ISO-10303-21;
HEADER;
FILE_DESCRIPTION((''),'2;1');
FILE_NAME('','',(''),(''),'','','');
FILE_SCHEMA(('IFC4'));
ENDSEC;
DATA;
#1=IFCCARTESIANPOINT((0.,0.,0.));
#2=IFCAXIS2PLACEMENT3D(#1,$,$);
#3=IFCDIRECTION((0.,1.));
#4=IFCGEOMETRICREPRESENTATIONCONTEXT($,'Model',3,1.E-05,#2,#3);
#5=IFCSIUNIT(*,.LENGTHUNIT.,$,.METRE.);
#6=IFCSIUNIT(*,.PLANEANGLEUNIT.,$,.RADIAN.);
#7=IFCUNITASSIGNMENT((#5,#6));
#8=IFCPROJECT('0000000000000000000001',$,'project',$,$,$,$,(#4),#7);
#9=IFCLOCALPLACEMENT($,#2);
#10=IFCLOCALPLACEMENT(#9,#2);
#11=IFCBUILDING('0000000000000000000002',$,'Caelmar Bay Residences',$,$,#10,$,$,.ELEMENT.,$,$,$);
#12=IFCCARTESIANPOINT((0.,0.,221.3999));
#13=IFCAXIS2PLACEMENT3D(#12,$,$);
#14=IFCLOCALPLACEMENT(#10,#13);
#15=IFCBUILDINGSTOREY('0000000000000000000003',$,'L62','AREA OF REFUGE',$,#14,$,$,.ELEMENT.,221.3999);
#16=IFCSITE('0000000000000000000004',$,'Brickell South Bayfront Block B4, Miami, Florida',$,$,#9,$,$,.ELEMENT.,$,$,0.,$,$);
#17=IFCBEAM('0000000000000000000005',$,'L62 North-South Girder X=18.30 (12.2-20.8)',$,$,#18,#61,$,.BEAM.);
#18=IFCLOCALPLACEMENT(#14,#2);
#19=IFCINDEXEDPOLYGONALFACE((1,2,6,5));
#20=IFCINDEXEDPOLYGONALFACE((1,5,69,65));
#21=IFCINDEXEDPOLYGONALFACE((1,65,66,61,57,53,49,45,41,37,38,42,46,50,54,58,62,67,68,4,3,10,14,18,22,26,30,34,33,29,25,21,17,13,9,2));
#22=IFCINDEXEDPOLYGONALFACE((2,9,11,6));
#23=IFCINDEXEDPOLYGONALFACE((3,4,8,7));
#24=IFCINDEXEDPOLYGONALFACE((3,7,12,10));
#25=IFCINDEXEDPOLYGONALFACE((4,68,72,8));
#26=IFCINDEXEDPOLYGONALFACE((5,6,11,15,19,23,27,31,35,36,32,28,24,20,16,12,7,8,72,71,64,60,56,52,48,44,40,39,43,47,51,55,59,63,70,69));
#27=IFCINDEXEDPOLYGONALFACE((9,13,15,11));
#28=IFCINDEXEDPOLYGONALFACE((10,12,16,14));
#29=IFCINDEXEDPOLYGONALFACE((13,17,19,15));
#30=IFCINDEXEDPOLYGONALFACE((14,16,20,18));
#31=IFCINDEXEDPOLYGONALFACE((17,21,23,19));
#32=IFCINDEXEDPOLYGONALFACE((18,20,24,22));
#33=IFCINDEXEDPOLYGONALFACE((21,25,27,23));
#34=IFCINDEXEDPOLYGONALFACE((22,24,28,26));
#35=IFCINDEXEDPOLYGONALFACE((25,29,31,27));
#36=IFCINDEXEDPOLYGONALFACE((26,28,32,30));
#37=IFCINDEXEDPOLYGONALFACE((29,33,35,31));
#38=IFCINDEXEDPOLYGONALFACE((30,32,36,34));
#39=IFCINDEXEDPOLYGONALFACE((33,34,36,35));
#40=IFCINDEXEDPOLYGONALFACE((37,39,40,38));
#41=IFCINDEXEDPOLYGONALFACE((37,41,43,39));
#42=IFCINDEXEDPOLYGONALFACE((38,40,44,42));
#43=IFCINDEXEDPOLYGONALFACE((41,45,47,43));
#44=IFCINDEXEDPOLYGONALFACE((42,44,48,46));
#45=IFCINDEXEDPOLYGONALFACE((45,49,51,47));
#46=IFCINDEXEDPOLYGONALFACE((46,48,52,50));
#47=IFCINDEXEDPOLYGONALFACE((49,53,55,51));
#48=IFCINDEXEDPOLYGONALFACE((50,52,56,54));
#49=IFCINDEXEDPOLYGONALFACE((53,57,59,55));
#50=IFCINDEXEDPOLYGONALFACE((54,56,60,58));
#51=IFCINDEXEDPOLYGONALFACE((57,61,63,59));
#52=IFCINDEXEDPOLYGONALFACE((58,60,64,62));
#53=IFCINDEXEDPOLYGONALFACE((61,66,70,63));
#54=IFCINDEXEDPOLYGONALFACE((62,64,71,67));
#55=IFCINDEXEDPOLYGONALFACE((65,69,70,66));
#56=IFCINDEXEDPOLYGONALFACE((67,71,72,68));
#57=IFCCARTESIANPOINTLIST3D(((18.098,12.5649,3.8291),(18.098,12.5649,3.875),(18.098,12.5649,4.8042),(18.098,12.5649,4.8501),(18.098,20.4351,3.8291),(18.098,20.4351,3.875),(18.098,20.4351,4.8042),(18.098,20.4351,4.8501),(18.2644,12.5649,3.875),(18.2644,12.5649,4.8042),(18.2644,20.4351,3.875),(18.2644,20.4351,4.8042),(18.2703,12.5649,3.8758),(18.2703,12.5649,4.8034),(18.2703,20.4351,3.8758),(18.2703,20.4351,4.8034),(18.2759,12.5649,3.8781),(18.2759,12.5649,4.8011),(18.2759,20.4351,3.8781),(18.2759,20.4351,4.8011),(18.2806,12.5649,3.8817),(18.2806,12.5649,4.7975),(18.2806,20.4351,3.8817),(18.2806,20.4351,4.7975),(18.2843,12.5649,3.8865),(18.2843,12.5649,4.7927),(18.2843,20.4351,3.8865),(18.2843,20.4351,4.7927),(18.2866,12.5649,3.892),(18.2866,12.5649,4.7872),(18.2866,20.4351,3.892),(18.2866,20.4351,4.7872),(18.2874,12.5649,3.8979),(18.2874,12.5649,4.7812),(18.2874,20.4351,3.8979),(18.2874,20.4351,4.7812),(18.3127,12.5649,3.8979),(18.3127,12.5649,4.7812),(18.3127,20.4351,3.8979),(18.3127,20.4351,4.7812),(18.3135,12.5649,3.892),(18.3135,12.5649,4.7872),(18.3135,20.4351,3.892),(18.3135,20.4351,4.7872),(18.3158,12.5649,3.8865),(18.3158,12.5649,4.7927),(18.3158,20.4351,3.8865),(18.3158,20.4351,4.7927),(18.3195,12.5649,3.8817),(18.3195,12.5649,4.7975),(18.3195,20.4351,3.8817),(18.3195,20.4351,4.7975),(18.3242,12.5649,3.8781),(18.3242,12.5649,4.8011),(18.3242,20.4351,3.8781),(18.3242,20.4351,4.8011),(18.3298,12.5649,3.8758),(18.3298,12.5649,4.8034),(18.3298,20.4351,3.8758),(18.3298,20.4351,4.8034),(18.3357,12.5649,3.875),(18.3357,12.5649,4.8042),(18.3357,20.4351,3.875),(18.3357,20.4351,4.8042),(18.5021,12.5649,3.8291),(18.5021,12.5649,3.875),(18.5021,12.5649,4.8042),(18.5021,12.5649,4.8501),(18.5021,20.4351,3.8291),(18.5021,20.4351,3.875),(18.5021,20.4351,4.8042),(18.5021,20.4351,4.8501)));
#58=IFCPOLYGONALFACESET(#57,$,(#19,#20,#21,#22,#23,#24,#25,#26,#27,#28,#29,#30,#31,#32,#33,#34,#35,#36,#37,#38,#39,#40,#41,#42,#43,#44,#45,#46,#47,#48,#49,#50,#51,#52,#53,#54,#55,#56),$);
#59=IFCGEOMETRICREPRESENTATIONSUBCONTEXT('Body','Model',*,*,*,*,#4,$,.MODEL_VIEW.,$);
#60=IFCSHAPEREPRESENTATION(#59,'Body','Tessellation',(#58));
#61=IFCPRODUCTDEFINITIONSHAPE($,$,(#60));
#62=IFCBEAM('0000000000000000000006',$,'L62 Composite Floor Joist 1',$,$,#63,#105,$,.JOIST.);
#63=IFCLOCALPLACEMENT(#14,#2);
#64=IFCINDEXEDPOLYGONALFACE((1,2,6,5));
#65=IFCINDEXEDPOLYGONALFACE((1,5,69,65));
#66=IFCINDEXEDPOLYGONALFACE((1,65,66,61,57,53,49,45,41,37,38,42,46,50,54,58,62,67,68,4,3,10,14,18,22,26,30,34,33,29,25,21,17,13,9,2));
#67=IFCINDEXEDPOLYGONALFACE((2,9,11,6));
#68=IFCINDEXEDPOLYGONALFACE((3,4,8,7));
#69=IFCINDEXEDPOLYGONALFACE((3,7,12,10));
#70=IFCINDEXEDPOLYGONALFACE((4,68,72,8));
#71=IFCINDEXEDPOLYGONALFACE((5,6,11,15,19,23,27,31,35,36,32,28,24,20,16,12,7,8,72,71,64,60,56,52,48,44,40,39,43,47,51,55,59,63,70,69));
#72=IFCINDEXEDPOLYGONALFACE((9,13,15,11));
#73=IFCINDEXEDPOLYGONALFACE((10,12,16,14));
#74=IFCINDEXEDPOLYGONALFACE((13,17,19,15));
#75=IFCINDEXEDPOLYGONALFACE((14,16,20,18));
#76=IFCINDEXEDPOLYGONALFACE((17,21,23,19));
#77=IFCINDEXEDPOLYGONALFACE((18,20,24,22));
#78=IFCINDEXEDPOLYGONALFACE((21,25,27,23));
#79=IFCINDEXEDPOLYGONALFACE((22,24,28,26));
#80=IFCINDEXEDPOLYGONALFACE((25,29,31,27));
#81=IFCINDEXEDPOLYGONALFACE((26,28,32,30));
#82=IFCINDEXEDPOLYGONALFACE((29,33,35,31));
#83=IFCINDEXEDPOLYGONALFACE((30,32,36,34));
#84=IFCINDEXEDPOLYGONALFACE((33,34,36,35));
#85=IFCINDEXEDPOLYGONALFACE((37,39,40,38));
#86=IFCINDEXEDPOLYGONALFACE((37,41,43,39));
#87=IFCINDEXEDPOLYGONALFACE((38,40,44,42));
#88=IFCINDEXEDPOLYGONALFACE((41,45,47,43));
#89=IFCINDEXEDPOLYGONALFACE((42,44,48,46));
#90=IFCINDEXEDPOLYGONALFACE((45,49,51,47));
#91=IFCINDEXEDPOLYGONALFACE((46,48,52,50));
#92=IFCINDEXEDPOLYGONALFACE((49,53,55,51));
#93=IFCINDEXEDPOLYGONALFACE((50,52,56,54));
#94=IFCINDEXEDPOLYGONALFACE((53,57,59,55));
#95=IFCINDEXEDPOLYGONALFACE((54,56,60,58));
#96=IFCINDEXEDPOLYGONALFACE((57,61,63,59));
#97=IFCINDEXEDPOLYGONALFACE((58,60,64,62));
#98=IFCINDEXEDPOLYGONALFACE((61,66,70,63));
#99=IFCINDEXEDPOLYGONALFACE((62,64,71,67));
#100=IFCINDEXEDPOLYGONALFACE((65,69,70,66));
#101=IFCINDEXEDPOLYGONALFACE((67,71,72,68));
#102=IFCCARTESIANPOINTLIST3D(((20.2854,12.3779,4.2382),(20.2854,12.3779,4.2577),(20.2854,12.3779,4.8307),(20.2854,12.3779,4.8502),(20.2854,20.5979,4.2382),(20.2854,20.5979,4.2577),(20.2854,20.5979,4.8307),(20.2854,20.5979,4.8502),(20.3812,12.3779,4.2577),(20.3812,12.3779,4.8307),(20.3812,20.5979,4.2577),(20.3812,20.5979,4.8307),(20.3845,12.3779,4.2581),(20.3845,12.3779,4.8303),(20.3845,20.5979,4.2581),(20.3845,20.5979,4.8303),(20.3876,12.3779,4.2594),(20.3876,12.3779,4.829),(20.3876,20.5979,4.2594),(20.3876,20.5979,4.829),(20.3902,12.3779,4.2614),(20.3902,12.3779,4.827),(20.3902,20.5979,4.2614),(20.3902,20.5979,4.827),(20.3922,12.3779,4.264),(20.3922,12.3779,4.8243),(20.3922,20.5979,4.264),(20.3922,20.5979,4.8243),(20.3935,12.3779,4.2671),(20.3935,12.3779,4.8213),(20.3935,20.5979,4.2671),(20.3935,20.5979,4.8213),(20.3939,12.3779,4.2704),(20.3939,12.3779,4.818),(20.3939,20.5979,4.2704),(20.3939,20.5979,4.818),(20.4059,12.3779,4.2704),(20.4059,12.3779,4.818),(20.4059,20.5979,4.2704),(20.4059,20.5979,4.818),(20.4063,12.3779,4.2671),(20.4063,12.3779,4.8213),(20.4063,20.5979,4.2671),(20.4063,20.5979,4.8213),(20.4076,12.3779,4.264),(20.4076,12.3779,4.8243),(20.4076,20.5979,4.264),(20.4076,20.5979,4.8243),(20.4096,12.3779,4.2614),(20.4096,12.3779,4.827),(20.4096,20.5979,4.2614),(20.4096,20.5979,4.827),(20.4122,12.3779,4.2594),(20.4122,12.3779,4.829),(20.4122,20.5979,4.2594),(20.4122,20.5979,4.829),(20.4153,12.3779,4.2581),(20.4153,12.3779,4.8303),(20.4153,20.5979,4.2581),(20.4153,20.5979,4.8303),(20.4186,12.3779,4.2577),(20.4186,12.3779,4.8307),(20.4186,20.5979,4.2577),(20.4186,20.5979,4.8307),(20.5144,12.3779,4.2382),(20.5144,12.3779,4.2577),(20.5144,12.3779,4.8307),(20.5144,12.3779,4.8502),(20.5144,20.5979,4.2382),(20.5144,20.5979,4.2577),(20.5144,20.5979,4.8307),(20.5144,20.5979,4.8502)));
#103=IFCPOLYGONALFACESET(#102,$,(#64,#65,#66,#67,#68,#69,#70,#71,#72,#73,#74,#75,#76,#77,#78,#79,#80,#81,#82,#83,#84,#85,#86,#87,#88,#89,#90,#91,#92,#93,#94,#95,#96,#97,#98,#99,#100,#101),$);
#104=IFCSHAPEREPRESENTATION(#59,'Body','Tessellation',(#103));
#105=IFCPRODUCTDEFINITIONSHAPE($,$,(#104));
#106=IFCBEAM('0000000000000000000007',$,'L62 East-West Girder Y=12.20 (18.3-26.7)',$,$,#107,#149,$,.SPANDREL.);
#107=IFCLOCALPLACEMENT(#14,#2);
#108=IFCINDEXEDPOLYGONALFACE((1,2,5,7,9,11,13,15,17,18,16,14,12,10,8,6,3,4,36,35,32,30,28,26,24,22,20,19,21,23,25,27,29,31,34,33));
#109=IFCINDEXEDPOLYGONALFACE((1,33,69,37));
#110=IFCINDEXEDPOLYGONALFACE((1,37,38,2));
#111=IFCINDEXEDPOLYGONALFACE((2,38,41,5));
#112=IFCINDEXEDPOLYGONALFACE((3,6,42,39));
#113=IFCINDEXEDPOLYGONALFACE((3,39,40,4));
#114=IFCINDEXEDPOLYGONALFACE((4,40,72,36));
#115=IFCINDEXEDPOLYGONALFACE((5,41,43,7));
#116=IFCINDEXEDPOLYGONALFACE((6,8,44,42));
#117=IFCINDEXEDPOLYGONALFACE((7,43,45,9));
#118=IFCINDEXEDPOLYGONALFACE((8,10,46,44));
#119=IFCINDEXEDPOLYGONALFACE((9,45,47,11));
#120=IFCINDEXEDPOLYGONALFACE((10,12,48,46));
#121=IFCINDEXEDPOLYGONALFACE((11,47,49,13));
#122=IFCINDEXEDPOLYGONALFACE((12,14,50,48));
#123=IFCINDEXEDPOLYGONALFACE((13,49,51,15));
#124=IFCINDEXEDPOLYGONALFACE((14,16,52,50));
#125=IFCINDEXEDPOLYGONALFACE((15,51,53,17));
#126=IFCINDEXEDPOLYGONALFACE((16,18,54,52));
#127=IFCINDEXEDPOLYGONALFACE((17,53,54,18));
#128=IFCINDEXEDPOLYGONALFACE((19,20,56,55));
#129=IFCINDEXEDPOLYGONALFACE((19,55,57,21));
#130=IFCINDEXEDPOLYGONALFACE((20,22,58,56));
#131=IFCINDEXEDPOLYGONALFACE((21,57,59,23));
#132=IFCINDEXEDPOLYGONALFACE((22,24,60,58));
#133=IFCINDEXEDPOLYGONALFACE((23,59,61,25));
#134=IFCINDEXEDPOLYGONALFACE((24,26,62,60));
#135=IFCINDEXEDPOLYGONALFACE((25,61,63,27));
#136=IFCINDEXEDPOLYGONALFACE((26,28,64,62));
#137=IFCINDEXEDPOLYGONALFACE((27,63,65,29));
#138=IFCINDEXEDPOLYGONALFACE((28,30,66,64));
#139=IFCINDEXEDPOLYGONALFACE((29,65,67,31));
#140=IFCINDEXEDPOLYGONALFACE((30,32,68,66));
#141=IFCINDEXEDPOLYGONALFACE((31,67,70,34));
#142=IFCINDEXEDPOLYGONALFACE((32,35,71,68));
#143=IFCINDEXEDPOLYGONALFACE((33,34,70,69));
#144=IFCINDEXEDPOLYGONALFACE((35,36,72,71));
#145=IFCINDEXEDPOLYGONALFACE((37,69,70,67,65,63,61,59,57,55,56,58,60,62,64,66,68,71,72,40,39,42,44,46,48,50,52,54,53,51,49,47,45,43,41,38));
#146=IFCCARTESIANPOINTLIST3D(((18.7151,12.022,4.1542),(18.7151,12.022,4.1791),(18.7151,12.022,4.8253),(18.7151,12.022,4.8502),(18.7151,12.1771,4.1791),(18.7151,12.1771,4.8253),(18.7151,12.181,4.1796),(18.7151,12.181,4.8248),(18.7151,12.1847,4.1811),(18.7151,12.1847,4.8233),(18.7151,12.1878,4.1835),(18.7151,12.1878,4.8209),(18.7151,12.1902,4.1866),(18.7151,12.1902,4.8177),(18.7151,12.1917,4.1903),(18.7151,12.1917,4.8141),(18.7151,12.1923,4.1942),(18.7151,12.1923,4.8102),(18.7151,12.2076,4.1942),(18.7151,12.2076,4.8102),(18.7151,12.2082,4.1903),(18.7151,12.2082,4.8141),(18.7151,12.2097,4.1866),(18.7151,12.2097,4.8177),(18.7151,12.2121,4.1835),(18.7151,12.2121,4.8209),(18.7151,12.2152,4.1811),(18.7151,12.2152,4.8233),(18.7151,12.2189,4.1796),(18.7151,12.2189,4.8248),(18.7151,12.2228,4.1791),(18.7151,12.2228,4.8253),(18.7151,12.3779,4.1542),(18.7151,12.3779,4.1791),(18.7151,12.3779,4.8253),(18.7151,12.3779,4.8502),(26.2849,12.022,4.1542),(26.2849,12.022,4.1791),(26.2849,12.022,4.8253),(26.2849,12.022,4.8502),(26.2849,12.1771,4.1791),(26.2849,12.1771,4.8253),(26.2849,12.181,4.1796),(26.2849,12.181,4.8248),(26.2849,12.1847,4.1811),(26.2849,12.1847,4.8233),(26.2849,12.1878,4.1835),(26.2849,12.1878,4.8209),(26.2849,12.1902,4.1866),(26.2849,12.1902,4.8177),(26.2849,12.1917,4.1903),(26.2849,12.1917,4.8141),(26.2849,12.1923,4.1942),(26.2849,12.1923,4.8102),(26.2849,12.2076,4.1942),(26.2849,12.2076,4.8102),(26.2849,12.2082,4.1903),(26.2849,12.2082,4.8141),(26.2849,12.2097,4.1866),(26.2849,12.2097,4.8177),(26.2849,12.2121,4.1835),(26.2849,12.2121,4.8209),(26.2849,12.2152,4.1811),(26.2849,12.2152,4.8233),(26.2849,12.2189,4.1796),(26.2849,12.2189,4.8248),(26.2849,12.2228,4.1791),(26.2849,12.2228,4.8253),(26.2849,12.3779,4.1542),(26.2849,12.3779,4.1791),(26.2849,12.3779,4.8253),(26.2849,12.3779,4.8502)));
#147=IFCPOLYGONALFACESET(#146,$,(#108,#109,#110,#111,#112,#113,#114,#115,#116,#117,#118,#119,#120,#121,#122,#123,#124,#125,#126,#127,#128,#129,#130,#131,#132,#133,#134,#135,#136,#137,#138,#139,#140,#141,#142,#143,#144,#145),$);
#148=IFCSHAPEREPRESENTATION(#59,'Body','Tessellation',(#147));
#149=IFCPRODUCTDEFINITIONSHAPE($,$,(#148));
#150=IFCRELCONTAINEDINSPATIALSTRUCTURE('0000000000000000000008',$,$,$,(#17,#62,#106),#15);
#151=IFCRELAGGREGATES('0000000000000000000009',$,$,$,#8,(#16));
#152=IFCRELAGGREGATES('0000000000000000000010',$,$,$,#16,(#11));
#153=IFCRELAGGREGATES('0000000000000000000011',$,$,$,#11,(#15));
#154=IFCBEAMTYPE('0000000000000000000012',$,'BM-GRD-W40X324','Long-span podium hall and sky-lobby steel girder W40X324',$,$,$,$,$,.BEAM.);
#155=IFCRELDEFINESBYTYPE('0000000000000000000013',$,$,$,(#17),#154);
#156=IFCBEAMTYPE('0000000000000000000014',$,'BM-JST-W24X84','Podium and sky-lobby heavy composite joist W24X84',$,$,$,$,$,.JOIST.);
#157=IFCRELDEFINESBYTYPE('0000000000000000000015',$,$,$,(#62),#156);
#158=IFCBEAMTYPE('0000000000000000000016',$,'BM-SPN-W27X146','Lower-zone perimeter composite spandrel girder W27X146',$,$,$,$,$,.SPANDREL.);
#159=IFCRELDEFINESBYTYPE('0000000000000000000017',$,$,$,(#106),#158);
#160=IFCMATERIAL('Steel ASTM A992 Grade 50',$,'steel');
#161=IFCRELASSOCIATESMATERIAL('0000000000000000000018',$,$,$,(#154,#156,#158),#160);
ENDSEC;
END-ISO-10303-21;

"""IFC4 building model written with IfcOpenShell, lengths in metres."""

from ifc_helpers import new_model, si_unit, direction, frame, origin, origin_2d, place, context, subcontext, project, spatial, i_section, extrude, material, material_profile, profile_set, type_object, element, save


model = new_model("IFC4")

# Units and contexts
model_context = context("Model", 3, precision=1e-05, world=origin(), true_north=direction((0.0, 1.0)))
body_context = subcontext(model_context, "Body", "Model", "MODEL_VIEW")
ifc_project = project(units=[si_unit("LENGTHUNIT", "METRE"), si_unit("PLANEANGLEUNIT", "RADIAN")], contexts=[model_context])

# Site, building, storey
site_placement = place(None, origin())
site = spatial("IfcSite", under=ifc_project, at=site_placement, Name="Brickell South Bayfront Block B4, Miami, Florida", CompositionType="ELEMENT", RefElevation=0.0)
building_placement = place(site_placement, origin())
building = spatial("IfcBuilding", under=site, at=building_placement, Name="Caelmar Bay Residences", CompositionType="ELEMENT")
storey_placement = place(building_placement, frame((0.0, 0.0, 221.3999)))
storey = spatial("IfcBuildingStorey", under=building, at=storey_placement, Name="L62", Description="AREA OF REFUGE", CompositionType="ELEMENT", Elevation=221.3999)

# Beams
ifc_material_1 = material(Name="Steel ASTM A992 Grade 50", Category="steel")
ifc_material_profile_1 = material_profile(ifc_material_1, i_section(OverallWidth=0.4041, OverallDepth=1.021, WebThickness=0.0254, FlangeThickness=0.0459, FilletRadius=0.0229, at=origin_2d()), Name="W40X324")
ifc_profile_set_1 = profile_set([ifc_material_profile_1], Name="Steel ASTM A992 Grade 50")
beam_type_1 = type_object("IfcBeamType", Name="BM-GRD-W40X324", Description="Long-span podium hall and sky-lobby steel girder W40X324", PredefinedType="BEAM", material=ifc_profile_set_1)
beam_1_placement = place(storey_placement, frame((18.3, 12.5649, 4.3396), z_axis=(0.0, 1.0, 0.0), x_axis=(-1.0, 0.0, 0.0)))
element("IfcBeam", 1, at=beam_1_placement, inside=storey, type_object=beam_type_1, Name="L62 North-South Girder X=18.30 (12.2-20.8)", PredefinedType="BEAM", context=body_context, shape_type="SweptSolid", body=[
    extrude(i_section(OverallWidth=0.4041, OverallDepth=1.021, WebThickness=0.0254, FlangeThickness=0.0459, FilletRadius=0.0229, at=origin_2d()), origin(), (0.0, 0.0, 1.0), 7.8701),
])
ifc_material_profile_2 = material_profile(ifc_material_1, i_section(OverallWidth=0.229, OverallDepth=0.6121, WebThickness=0.012, FlangeThickness=0.0195, FilletRadius=0.0127, at=origin_2d()), Name="W24X84")
ifc_profile_set_2 = profile_set([ifc_material_profile_2], Name="Steel ASTM A992 Grade 50")
beam_type_2 = type_object("IfcBeamType", Name="BM-JST-W24X84", Description="Podium and sky-lobby heavy composite joist W24X84", PredefinedType="JOIST", material=ifc_profile_set_2)
beam_2_placement = place(storey_placement, frame((20.3999, 12.3779, 4.5442), z_axis=(0.0, 1.0, 0.0), x_axis=(-1.0, 0.0, 0.0)))
element("IfcBeam", 2, at=beam_2_placement, inside=storey, type_object=beam_type_2, Name="L62 Composite Floor Joist 1", PredefinedType="JOIST", context=body_context, shape_type="SweptSolid", body=[
    extrude(i_section(OverallWidth=0.229, OverallDepth=0.6121, WebThickness=0.012, FlangeThickness=0.0195, FilletRadius=0.0127, at=origin_2d()), origin(), (0.0, 0.0, 1.0), 8.22),
])
ifc_material_profile_3 = material_profile(ifc_material_1, i_section(OverallWidth=0.356, OverallDepth=0.696, WebThickness=0.0154, FlangeThickness=0.0249, FilletRadius=0.0151, at=origin_2d()), Name="W27X146")
ifc_profile_set_3 = profile_set([ifc_material_profile_3], Name="Steel ASTM A992 Grade 50")
beam_type_3 = type_object("IfcBeamType", Name="BM-SPN-W27X146", Description="Lower-zone perimeter composite spandrel girder W27X146", PredefinedType="SPANDREL", material=ifc_profile_set_3)
beam_3_placement = place(storey_placement, frame((18.7151, 12.2, 4.5022), z_axis=(1.0, 0.0, 0.0), x_axis=(0.0, 1.0, 0.0)))
element("IfcBeam", 3, at=beam_3_placement, inside=storey, type_object=beam_type_3, Name="L62 East-West Girder Y=12.20 (18.3-26.7)", PredefinedType="SPANDREL", context=body_context, shape_type="SweptSolid", body=[
    extrude(i_section(OverallWidth=0.356, OverallDepth=0.696, WebThickness=0.0154, FlangeThickness=0.0249, FilletRadius=0.0151, at=origin_2d()), origin(), (0.0, 0.0, 1.0), 7.5698),
])

save(model, "model.ifc")
